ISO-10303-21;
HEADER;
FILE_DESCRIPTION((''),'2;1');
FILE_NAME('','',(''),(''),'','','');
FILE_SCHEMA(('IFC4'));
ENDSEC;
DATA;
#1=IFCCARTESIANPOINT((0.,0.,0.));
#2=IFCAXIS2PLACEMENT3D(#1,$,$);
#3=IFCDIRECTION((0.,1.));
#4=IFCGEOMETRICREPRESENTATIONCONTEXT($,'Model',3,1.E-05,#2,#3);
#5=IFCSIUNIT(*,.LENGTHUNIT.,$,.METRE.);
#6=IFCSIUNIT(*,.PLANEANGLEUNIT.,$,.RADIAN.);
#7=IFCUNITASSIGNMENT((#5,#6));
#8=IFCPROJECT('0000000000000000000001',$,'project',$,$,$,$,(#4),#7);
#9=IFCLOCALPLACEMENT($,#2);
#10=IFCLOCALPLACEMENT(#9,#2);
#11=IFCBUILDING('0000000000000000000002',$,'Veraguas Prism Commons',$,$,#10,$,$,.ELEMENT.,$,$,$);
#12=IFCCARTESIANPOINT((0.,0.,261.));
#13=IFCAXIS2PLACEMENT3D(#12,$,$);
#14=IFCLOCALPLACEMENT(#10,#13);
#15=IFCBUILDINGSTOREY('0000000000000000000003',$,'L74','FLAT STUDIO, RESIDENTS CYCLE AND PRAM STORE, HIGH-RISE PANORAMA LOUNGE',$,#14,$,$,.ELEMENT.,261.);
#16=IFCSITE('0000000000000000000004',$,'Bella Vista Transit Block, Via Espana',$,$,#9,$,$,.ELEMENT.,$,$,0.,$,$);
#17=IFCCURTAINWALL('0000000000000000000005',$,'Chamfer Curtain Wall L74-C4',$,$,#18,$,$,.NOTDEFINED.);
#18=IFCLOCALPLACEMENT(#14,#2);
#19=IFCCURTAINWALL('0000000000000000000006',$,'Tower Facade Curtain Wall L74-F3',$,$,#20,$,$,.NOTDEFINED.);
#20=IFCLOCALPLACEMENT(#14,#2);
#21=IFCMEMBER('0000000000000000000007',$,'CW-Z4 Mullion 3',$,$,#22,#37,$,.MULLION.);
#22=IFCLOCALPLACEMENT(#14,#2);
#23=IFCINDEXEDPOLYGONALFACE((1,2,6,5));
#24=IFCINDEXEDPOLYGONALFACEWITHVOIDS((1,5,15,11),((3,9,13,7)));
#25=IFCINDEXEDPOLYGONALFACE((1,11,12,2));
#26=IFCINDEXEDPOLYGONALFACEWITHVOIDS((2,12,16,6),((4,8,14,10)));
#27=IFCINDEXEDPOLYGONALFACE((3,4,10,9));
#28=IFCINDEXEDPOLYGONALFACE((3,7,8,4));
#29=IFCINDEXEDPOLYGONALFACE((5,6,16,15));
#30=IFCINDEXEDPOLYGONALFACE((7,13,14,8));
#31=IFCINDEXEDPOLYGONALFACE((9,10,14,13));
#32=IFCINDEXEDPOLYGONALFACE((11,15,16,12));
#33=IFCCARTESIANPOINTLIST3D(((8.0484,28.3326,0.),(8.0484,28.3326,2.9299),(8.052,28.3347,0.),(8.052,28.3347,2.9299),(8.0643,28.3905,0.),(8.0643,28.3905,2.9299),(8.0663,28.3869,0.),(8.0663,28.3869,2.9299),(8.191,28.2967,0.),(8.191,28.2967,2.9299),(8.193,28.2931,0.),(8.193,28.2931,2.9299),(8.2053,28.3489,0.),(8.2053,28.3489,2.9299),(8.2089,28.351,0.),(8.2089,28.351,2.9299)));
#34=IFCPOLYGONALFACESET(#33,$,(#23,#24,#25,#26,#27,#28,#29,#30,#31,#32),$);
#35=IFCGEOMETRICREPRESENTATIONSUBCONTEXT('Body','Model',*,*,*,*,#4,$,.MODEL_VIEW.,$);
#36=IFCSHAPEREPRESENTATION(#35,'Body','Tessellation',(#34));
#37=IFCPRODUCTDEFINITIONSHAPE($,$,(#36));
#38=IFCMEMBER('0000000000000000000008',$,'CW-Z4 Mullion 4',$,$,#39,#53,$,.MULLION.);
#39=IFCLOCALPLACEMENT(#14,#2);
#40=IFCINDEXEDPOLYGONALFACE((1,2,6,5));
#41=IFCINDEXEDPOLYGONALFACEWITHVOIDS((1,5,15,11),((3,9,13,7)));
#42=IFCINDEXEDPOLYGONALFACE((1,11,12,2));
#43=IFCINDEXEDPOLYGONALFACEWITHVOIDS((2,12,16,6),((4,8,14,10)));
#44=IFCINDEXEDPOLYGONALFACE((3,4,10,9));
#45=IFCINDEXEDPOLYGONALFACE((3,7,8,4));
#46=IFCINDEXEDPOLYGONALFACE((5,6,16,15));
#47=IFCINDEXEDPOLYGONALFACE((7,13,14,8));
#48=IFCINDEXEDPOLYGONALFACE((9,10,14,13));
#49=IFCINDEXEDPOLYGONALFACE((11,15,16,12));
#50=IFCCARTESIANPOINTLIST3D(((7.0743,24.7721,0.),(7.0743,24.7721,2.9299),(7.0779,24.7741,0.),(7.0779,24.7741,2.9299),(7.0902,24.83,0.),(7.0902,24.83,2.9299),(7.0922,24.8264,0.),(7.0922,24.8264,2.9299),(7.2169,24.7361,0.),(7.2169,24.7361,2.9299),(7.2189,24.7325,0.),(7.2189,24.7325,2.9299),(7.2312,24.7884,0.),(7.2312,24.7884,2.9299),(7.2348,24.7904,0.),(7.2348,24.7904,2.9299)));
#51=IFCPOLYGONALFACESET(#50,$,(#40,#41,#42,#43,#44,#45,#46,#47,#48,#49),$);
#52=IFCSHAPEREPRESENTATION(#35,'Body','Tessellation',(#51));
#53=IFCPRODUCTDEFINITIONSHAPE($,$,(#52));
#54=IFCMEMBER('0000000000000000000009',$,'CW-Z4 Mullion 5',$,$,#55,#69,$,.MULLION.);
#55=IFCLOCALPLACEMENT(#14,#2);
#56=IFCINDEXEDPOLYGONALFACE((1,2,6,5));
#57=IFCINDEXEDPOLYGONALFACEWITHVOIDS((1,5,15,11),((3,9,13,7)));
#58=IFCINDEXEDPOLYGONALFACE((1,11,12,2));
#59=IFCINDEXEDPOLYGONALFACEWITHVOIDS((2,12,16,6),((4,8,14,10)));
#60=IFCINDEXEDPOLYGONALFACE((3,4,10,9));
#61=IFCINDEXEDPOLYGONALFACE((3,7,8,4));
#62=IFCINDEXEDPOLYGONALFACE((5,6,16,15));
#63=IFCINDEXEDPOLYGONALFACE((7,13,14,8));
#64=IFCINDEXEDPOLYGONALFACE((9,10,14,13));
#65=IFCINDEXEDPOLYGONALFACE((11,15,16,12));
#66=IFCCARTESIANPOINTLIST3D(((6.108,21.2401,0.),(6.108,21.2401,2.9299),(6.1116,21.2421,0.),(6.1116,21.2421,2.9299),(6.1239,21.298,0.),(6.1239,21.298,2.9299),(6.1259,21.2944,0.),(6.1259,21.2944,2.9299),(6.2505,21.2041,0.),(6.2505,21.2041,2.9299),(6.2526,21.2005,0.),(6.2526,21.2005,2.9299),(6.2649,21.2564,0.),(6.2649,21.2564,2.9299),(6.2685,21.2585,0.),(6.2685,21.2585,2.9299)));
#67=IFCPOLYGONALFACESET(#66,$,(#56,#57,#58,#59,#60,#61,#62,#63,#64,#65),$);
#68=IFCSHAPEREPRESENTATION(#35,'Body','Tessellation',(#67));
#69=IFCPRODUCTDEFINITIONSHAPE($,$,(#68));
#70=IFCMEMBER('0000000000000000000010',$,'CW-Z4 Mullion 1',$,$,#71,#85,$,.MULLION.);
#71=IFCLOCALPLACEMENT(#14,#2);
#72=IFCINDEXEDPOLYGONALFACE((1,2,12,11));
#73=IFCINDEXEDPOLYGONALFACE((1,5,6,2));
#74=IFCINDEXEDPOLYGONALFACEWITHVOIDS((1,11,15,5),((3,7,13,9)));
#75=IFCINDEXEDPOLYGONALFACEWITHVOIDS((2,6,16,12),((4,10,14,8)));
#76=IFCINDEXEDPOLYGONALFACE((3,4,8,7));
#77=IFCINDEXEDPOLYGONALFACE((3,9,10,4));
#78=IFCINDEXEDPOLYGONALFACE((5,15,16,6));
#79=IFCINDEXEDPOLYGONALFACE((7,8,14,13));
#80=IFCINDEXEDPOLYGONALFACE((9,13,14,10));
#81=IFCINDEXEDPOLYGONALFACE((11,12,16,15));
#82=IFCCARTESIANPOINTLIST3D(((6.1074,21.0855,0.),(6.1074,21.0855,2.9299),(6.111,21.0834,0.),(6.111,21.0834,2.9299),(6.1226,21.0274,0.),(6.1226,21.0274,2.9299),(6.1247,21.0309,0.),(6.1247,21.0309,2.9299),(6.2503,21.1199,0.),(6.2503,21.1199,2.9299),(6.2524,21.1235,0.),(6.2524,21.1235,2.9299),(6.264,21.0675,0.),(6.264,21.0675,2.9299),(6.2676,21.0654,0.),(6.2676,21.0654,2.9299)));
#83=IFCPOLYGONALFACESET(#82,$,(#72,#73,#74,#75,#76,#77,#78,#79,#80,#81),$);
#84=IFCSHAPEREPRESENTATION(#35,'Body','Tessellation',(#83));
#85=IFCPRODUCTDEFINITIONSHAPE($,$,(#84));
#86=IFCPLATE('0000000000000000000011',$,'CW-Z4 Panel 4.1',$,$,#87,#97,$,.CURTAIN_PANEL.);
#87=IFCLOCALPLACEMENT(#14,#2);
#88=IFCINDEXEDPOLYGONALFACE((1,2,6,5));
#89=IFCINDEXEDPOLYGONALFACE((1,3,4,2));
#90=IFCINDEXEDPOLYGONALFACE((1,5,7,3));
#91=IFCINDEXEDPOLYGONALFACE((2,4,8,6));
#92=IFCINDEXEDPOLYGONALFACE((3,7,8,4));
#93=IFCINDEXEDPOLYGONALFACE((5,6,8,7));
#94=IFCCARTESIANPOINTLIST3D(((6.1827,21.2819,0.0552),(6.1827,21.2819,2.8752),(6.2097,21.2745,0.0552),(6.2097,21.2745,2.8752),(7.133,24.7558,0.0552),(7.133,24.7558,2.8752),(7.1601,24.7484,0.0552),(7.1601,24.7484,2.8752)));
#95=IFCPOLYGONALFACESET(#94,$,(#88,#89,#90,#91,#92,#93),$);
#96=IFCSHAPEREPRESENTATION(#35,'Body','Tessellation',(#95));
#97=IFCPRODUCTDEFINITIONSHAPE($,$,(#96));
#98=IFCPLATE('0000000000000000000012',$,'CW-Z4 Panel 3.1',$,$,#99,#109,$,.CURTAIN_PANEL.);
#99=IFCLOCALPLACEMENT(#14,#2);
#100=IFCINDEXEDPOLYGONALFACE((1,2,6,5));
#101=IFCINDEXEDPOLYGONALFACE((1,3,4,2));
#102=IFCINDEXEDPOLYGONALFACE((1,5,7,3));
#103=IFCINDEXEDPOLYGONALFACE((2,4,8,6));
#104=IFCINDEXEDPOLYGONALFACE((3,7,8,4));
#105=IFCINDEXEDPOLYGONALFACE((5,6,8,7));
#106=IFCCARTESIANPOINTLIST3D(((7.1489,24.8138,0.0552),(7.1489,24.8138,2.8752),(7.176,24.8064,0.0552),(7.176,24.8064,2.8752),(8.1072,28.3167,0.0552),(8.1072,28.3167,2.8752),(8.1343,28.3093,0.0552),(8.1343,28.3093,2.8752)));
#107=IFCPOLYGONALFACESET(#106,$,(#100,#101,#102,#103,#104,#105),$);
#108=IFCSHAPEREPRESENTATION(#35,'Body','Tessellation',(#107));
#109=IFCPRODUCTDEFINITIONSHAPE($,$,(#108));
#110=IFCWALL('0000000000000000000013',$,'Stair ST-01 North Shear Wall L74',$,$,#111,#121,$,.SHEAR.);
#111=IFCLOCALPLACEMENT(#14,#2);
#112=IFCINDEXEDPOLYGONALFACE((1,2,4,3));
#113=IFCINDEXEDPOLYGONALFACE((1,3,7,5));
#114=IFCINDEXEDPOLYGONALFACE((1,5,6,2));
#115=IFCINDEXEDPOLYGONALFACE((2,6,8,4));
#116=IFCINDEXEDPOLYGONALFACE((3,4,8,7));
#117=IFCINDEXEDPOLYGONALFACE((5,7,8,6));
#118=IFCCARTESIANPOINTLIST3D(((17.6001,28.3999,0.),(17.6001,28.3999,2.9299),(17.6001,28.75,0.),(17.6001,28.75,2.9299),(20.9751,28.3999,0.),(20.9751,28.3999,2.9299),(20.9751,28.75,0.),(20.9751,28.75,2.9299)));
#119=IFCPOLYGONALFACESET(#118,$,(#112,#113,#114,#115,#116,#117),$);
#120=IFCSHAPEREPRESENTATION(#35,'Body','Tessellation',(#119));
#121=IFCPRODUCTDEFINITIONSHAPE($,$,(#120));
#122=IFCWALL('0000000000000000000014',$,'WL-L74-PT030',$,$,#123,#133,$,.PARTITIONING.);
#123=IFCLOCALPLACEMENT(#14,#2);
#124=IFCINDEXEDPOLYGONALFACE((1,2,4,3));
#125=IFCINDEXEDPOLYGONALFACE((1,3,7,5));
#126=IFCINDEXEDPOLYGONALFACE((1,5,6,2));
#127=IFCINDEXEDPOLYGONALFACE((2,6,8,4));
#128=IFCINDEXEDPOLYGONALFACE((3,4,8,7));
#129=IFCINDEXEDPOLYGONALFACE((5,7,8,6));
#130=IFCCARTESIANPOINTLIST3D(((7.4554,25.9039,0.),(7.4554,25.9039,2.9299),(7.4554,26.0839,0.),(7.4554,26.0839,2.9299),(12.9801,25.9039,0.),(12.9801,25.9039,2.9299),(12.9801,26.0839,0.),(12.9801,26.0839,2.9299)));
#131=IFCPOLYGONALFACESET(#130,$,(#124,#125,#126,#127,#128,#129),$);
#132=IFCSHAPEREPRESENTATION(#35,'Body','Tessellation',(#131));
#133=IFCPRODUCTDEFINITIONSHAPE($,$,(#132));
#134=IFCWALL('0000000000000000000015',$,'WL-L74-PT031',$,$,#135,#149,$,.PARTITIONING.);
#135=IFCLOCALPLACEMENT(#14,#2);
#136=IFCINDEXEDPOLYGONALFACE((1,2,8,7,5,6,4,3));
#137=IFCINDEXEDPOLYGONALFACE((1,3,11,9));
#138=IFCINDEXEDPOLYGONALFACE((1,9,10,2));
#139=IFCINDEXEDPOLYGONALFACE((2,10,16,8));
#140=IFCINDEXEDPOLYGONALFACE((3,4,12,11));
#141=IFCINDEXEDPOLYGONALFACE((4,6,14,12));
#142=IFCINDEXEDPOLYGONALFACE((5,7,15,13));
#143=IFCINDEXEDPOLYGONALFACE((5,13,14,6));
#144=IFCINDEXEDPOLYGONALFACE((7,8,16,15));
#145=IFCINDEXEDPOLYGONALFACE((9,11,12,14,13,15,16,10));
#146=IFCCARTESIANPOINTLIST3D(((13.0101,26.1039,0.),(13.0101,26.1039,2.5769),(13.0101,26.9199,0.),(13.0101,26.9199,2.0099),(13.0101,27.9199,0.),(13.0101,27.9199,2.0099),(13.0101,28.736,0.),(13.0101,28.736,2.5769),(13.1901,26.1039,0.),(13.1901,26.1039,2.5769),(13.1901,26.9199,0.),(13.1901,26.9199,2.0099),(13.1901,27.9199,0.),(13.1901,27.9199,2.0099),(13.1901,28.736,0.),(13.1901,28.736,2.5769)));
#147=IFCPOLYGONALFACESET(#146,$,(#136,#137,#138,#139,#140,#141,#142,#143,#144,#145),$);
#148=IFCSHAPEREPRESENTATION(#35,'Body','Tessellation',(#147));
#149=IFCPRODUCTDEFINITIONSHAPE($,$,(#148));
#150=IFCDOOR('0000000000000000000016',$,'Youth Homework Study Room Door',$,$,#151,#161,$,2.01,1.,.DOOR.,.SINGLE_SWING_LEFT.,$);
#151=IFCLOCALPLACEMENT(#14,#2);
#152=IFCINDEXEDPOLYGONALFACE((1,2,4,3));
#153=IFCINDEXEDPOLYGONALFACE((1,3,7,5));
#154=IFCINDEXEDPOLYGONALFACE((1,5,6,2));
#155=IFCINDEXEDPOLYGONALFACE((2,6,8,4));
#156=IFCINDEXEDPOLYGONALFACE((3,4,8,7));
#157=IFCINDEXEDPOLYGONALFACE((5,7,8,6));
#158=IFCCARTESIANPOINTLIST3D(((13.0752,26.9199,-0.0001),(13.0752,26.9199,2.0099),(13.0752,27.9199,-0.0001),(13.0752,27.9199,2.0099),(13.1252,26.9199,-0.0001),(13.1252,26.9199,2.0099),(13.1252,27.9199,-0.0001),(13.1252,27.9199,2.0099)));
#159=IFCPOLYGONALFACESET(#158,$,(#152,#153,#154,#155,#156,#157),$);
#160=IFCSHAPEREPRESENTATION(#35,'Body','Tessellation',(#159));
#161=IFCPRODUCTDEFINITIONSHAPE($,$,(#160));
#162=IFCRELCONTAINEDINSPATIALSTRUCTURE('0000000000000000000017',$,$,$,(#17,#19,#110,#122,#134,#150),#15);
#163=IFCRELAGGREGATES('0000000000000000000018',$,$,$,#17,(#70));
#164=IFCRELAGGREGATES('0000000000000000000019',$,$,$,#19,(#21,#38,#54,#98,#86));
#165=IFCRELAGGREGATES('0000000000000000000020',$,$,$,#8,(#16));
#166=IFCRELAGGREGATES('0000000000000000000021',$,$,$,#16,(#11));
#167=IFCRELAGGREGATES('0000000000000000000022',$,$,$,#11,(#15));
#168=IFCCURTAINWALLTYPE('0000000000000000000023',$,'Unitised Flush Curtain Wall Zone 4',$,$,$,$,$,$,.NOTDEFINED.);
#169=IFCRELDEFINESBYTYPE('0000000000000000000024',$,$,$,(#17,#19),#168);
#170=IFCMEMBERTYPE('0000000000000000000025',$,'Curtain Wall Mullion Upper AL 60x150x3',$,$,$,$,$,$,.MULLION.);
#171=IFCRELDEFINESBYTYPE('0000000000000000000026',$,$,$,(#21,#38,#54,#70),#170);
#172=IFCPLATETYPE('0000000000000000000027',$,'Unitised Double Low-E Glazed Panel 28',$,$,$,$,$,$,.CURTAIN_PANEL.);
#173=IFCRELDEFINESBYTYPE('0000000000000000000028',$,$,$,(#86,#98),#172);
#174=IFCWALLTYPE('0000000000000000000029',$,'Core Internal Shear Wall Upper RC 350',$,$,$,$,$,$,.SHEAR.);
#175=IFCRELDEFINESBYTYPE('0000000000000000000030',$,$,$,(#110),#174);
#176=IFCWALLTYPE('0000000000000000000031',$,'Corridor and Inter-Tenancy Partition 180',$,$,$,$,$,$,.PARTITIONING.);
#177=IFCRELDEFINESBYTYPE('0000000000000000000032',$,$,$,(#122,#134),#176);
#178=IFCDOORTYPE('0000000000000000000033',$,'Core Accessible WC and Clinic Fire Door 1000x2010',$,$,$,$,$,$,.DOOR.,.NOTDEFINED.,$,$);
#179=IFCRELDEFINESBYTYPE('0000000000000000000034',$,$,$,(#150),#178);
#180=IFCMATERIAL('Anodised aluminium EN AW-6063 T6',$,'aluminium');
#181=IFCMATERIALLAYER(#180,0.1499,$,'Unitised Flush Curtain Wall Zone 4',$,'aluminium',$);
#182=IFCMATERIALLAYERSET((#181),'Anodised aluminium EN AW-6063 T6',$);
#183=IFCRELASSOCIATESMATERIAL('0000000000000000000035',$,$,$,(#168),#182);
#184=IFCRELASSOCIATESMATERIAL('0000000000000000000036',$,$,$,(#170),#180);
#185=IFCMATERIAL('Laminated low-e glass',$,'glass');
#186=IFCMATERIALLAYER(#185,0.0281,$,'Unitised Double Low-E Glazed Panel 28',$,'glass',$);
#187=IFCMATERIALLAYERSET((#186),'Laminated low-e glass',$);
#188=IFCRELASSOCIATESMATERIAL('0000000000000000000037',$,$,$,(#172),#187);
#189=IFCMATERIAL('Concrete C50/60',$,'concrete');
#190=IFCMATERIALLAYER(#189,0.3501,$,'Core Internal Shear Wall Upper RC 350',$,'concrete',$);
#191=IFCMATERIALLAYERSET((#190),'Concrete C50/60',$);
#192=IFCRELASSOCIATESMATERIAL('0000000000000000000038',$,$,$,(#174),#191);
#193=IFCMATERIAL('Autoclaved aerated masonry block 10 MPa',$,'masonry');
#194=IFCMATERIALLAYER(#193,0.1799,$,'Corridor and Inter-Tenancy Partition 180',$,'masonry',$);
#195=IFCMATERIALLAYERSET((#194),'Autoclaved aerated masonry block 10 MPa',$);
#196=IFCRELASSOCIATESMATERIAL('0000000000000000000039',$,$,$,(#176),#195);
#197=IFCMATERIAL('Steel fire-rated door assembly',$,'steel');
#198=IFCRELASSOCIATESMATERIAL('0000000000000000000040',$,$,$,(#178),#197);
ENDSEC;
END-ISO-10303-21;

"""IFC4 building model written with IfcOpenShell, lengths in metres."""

from ifc_helpers import new_model, si_unit, direction, frame, frame_2d, origin, origin_2d, place, context, subcontext, project, spatial, rectangle, hollow_rectangle, extrude, source, transform, mapped, material, layer, layer_set, material_profile, profile_set, type_object, element, fill, aggregate, save


model = new_model("IFC4")

# Units and contexts
model_context = context("Model", 3, precision=1e-05, world=origin(), true_north=direction((0.0, 1.0)))
body_context = subcontext(model_context, "Body", "Model", "MODEL_VIEW")
ifc_project = project(units=[si_unit("LENGTHUNIT", "METRE"), si_unit("PLANEANGLEUNIT", "RADIAN")], contexts=[model_context])

# Site, building, storey
site_placement = place(None, origin())
site = spatial("IfcSite", under=ifc_project, at=site_placement, Name="Bella Vista Transit Block, Via Espana", CompositionType="ELEMENT", RefElevation=0.0)
building_placement = place(site_placement, origin())
building = spatial("IfcBuilding", under=site, at=building_placement, Name="Veraguas Prism Commons", CompositionType="ELEMENT")
storey_placement = place(building_placement, frame((0.0, 0.0, 261.0)))
storey = spatial("IfcBuildingStorey", under=building, at=storey_placement, Name="L74", Description="FLAT STUDIO, RESIDENTS CYCLE AND PRAM STORE, HIGH-RISE PANORAMA LOUNGE", CompositionType="ELEMENT", Elevation=261.0)

# Shared definitions
ifc_material_1 = material(Name="Concrete C50/60", Category="concrete")

# Curtain walls, members
ifc_material_2 = material(Name="Anodised aluminium EN AW-6063 T6", Category="aluminium")
ifc_layer_1 = layer(ifc_material_2, 0.1499, Name="Unitised Flush Curtain Wall Zone 4", Category="aluminium")
ifc_layer_set_1 = layer_set([ifc_layer_1], Name="Anodised aluminium EN AW-6063 T6")
curtain_wall_type = type_object("IfcCurtainWallType", Name="Unitised Flush Curtain Wall Zone 4", PredefinedType="NOTDEFINED", material=ifc_layer_set_1)
curtain_wall_1_placement = place(storey_placement, origin())
curtain_wall_1 = element("IfcCurtainWall", 1, at=curtain_wall_1_placement, inside=storey, type_object=curtain_wall_type, Name="Chamfer Curtain Wall L74-C4", PredefinedType="NOTDEFINED")
curtain_wall_2_placement = place(storey_placement, origin())
curtain_wall_2 = element("IfcCurtainWall", 2, at=curtain_wall_2_placement, inside=storey, type_object=curtain_wall_type, Name="Tower Facade Curtain Wall L74-F3", PredefinedType="NOTDEFINED")
ifc_material_profile_1 = material_profile(ifc_material_2, hollow_rectangle(XDim=0.0601, YDim=0.1499, WallThickness=0.0029, at=origin_2d()), Name="AL60X150X3")
ifc_profile_set_1 = profile_set([ifc_material_profile_1], Name="Anodised aluminium EN AW-6063 T6")
member_type_1 = type_object("IfcMemberType", Name="Curtain Wall Mullion Upper AL 60x150x3", PredefinedType="MULLION", material=ifc_profile_set_1)
shared_shape_1 = source(origin(), body_context, "Body", "SweptSolid", [
    extrude(hollow_rectangle(XDim=0.0601, YDim=0.1499, WallThickness=0.0029, at=origin_2d()), origin(), (0.0, 0.0, 1.0), 2.9299),
])
member_1_placement = place(storey_placement, frame((8.1287, 28.3418, 0.0), z_axis=(0.0, 0.0, 1.0), x_axis=(-0.263883, -0.964555, 0.0)))
member_1 = element("IfcMember", 3, at=member_1_placement, type_object=member_type_1, Name="CW-Z4 Mullion 3", PredefinedType="MULLION", context=body_context, shape_type="MappedRepresentation", body=[
    mapped(shared_shape_1, transform((0.0, 0.0, 0.0), scale=1.0)),
])
member_2_placement = place(storey_placement, frame((7.1545, 24.7812, 0.0), z_axis=(0.0, 0.0, 1.0), x_axis=(-0.263883, -0.964555, 0.0)))
member_2 = element("IfcMember", 4, at=member_2_placement, type_object=member_type_1, Name="CW-Z4 Mullion 4", PredefinedType="MULLION", context=body_context, shape_type="MappedRepresentation", body=[
    mapped(shared_shape_1, transform((0.0, 0.0, 0.0), scale=1.0)),
])
member_3_placement = place(storey_placement, frame((6.1882, 21.2493, 0.0), z_axis=(0.0, 0.0, 1.0), x_axis=(-0.263883, -0.964555, 0.0)))
member_3 = element("IfcMember", 5, at=member_3_placement, type_object=member_type_1, Name="CW-Z4 Mullion 5", PredefinedType="MULLION", context=body_context, shape_type="MappedRepresentation", body=[
    mapped(shared_shape_1, transform((0.0, 0.0, 0.0), scale=1.0)),
])

# Member
member_4_placement = place(storey_placement, frame((6.1875, 21.0754, 0.0), z_axis=(0.0, 0.0, 1.0), x_axis=(0.25379, -0.967259, 0.0)))
member_4 = element("IfcMember", 6, at=member_4_placement, type_object=member_type_1, Name="CW-Z4 Mullion 1", PredefinedType="MULLION", context=body_context, shape_type="MappedRepresentation", body=[
    mapped(shared_shape_1, transform((0.0, 0.0, 0.0), scale=1.0)),
])
aggregate(curtain_wall_1, [member_4])

# Plates
ifc_material_3 = material(Name="Laminated low-e glass", Category="glass")
ifc_layer_2 = layer(ifc_material_3, 0.0281, Name="Unitised Double Low-E Glazed Panel 28", Category="glass")
ifc_layer_set_2 = layer_set([ifc_layer_2], Name="Laminated low-e glass")
plate_type = type_object("IfcPlateType", Name="Unitised Double Low-E Glazed Panel 28", PredefinedType="CURTAIN_PANEL", material=ifc_layer_set_2)
shared_shape_2 = source(origin(), body_context, "Body", "SweptSolid", [
    extrude(rectangle(XDim=3.6016, YDim=0.0281, at=origin_2d()), origin(), (0.0, 0.0, 1.0), 2.8201),
])
plate_1_placement = place(storey_placement, frame((6.6714, 23.0151, 0.0552), z_axis=(0.0, 0.0, 1.0), x_axis=(-0.263883, -0.964555, 0.0)))
plate_1 = element("IfcPlate", 7, at=plate_1_placement, type_object=plate_type, Name="CW-Z4 Panel 4.1", PredefinedType="CURTAIN_PANEL", context=body_context, shape_type="MappedRepresentation", body=[
    mapped(shared_shape_2, transform((0.0, 0.0, 0.0), scale=1.0)),
])
shared_shape_3 = source(origin(), body_context, "Body", "SweptSolid", [
    extrude(rectangle(XDim=3.6316, YDim=0.0281, at=origin_2d()), origin(), (0.0, 0.0, 1.0), 2.8201),
])
plate_2_placement = place(storey_placement, frame((7.6416, 26.5615, 0.0552), z_axis=(0.0, 0.0, 1.0), x_axis=(-0.263883, -0.964555, 0.0)))
plate_2 = element("IfcPlate", 8, at=plate_2_placement, type_object=plate_type, Name="CW-Z4 Panel 3.1", PredefinedType="CURTAIN_PANEL", context=body_context, shape_type="MappedRepresentation", body=[
    mapped(shared_shape_3, transform((0.0, 0.0, 0.0), scale=1.0)),
])
aggregate(curtain_wall_2, [member_1, member_2, member_3, plate_2, plate_1])

# Walls
ifc_layer_3 = layer(ifc_material_1, 0.3501, Name="Core Internal Shear Wall Upper RC 350", Category="concrete")
ifc_layer_set_3 = layer_set([ifc_layer_3], Name="Concrete C50/60")
wall_type_1 = type_object("IfcWallType", Name="Core Internal Shear Wall Upper RC 350", PredefinedType="SHEAR", material=ifc_layer_set_3)
wall_1_placement = place(storey_placement, frame((17.6001, 28.575, 0.0), z_axis=(0.0, 0.0, 1.0), x_axis=(1.0, 0.0, 0.0)))
element("IfcWall", 9, at=wall_1_placement, inside=storey, type_object=wall_type_1, Name="Stair ST-01 North Shear Wall L74", PredefinedType="SHEAR", context=body_context, shape_type="SweptSolid", body=[
    extrude(rectangle(XDim=3.375, YDim=0.3501, at=frame_2d((1.6875, 0.0))), origin(), (0.0, 0.0, 1.0), 2.9299),
])
ifc_material_4 = material(Name="Autoclaved aerated masonry block 10 MPa", Category="masonry")
ifc_layer_4 = layer(ifc_material_4, 0.1799, Name="Corridor and Inter-Tenancy Partition 180", Category="masonry")
ifc_layer_set_4 = layer_set([ifc_layer_4], Name="Autoclaved aerated masonry block 10 MPa")
wall_type_2 = type_object("IfcWallType", Name="Corridor and Inter-Tenancy Partition 180", PredefinedType="PARTITIONING", material=ifc_layer_set_4)
wall_2_placement = place(storey_placement, frame((12.98, 25.9939, 0.0), z_axis=(0.0, 0.0, 1.0), x_axis=(-1.0, 0.0, 0.0)))
element("IfcWall", 10, at=wall_2_placement, inside=storey, type_object=wall_type_2, Name="WL-L74-PT030", PredefinedType="PARTITIONING", context=body_context, shape_type="SweptSolid", body=[
    extrude(rectangle(XDim=5.5247, YDim=0.1799, at=frame_2d((2.7622, 0.0))), origin(), (0.0, 0.0, 1.0), 2.9299),
])

# Wall, opening, door
wall_3_placement = place(storey_placement, frame((13.1001, 26.104, 0.0), z_axis=(0.0, 0.0, 1.0), x_axis=(0.0, 1.0, 0.0)))
wall_3 = element("IfcWall", 11, at=wall_3_placement, inside=storey, type_object=wall_type_2, Name="WL-L74-PT031", PredefinedType="PARTITIONING", context=body_context, shape_type="SweptSolid", body=[
    extrude(rectangle(XDim=2.6321, YDim=0.1799, at=frame_2d((1.3159, 0.0))), origin(), (0.0, 0.0, 1.0), 2.5769),
])
opening_1_placement = place(wall_3_placement, frame((0.8159, 0.0, 0.0)))
opening_1 = element("IfcOpeningElement", 12, at=opening_1_placement, cuts=wall_3, PredefinedType="OPENING", context=body_context, shape_type="SweptSolid", body=[
    extrude(rectangle(XDim=1.0, YDim=2.01, at=frame_2d((0.5, 1.0049))), frame((0.0, 0.0999, 0.0), z_axis=(0.0, -1.0, 0.0), x_axis=(1.0, 0.0, 0.0)), (0.0, 0.0, 1.0), 0.2),
])
ifc_material_5 = material(Name="Steel fire-rated door assembly", Category="steel")
door_type = type_object("IfcDoorType", Name="Core Accessible WC and Clinic Fire Door 1000x2010", OperationType="NOTDEFINED", PredefinedType="DOOR", material=ifc_material_5)
shared_shape_4 = source(origin(), body_context, "Body", "SweptSolid", [
    extrude(rectangle(XDim=1.0, YDim=2.01, at=frame_2d((0.5, 1.0049))), frame((0.0, 0.0249, 0.0), z_axis=(0.0, -1.0, 0.0), x_axis=(1.0, 0.0, 0.0)), (0.0, 0.0, 1.0), 0.05),
])
door_1_placement = place(opening_1_placement, origin())
door_1 = element("IfcDoor", 13, at=door_1_placement, inside=storey, type_object=door_type, Name="Youth Homework Study Room Door", OperationType="SINGLE_SWING_LEFT", OverallHeight=2.01, OverallWidth=1.0, PredefinedType="DOOR", context=body_context, shape_type="MappedRepresentation", body=[
    mapped(shared_shape_4, transform((0.0, 0.0, 0.0), scale=1.0)),
])
fill(opening_1, door_1)

save(model, "model.ifc")
